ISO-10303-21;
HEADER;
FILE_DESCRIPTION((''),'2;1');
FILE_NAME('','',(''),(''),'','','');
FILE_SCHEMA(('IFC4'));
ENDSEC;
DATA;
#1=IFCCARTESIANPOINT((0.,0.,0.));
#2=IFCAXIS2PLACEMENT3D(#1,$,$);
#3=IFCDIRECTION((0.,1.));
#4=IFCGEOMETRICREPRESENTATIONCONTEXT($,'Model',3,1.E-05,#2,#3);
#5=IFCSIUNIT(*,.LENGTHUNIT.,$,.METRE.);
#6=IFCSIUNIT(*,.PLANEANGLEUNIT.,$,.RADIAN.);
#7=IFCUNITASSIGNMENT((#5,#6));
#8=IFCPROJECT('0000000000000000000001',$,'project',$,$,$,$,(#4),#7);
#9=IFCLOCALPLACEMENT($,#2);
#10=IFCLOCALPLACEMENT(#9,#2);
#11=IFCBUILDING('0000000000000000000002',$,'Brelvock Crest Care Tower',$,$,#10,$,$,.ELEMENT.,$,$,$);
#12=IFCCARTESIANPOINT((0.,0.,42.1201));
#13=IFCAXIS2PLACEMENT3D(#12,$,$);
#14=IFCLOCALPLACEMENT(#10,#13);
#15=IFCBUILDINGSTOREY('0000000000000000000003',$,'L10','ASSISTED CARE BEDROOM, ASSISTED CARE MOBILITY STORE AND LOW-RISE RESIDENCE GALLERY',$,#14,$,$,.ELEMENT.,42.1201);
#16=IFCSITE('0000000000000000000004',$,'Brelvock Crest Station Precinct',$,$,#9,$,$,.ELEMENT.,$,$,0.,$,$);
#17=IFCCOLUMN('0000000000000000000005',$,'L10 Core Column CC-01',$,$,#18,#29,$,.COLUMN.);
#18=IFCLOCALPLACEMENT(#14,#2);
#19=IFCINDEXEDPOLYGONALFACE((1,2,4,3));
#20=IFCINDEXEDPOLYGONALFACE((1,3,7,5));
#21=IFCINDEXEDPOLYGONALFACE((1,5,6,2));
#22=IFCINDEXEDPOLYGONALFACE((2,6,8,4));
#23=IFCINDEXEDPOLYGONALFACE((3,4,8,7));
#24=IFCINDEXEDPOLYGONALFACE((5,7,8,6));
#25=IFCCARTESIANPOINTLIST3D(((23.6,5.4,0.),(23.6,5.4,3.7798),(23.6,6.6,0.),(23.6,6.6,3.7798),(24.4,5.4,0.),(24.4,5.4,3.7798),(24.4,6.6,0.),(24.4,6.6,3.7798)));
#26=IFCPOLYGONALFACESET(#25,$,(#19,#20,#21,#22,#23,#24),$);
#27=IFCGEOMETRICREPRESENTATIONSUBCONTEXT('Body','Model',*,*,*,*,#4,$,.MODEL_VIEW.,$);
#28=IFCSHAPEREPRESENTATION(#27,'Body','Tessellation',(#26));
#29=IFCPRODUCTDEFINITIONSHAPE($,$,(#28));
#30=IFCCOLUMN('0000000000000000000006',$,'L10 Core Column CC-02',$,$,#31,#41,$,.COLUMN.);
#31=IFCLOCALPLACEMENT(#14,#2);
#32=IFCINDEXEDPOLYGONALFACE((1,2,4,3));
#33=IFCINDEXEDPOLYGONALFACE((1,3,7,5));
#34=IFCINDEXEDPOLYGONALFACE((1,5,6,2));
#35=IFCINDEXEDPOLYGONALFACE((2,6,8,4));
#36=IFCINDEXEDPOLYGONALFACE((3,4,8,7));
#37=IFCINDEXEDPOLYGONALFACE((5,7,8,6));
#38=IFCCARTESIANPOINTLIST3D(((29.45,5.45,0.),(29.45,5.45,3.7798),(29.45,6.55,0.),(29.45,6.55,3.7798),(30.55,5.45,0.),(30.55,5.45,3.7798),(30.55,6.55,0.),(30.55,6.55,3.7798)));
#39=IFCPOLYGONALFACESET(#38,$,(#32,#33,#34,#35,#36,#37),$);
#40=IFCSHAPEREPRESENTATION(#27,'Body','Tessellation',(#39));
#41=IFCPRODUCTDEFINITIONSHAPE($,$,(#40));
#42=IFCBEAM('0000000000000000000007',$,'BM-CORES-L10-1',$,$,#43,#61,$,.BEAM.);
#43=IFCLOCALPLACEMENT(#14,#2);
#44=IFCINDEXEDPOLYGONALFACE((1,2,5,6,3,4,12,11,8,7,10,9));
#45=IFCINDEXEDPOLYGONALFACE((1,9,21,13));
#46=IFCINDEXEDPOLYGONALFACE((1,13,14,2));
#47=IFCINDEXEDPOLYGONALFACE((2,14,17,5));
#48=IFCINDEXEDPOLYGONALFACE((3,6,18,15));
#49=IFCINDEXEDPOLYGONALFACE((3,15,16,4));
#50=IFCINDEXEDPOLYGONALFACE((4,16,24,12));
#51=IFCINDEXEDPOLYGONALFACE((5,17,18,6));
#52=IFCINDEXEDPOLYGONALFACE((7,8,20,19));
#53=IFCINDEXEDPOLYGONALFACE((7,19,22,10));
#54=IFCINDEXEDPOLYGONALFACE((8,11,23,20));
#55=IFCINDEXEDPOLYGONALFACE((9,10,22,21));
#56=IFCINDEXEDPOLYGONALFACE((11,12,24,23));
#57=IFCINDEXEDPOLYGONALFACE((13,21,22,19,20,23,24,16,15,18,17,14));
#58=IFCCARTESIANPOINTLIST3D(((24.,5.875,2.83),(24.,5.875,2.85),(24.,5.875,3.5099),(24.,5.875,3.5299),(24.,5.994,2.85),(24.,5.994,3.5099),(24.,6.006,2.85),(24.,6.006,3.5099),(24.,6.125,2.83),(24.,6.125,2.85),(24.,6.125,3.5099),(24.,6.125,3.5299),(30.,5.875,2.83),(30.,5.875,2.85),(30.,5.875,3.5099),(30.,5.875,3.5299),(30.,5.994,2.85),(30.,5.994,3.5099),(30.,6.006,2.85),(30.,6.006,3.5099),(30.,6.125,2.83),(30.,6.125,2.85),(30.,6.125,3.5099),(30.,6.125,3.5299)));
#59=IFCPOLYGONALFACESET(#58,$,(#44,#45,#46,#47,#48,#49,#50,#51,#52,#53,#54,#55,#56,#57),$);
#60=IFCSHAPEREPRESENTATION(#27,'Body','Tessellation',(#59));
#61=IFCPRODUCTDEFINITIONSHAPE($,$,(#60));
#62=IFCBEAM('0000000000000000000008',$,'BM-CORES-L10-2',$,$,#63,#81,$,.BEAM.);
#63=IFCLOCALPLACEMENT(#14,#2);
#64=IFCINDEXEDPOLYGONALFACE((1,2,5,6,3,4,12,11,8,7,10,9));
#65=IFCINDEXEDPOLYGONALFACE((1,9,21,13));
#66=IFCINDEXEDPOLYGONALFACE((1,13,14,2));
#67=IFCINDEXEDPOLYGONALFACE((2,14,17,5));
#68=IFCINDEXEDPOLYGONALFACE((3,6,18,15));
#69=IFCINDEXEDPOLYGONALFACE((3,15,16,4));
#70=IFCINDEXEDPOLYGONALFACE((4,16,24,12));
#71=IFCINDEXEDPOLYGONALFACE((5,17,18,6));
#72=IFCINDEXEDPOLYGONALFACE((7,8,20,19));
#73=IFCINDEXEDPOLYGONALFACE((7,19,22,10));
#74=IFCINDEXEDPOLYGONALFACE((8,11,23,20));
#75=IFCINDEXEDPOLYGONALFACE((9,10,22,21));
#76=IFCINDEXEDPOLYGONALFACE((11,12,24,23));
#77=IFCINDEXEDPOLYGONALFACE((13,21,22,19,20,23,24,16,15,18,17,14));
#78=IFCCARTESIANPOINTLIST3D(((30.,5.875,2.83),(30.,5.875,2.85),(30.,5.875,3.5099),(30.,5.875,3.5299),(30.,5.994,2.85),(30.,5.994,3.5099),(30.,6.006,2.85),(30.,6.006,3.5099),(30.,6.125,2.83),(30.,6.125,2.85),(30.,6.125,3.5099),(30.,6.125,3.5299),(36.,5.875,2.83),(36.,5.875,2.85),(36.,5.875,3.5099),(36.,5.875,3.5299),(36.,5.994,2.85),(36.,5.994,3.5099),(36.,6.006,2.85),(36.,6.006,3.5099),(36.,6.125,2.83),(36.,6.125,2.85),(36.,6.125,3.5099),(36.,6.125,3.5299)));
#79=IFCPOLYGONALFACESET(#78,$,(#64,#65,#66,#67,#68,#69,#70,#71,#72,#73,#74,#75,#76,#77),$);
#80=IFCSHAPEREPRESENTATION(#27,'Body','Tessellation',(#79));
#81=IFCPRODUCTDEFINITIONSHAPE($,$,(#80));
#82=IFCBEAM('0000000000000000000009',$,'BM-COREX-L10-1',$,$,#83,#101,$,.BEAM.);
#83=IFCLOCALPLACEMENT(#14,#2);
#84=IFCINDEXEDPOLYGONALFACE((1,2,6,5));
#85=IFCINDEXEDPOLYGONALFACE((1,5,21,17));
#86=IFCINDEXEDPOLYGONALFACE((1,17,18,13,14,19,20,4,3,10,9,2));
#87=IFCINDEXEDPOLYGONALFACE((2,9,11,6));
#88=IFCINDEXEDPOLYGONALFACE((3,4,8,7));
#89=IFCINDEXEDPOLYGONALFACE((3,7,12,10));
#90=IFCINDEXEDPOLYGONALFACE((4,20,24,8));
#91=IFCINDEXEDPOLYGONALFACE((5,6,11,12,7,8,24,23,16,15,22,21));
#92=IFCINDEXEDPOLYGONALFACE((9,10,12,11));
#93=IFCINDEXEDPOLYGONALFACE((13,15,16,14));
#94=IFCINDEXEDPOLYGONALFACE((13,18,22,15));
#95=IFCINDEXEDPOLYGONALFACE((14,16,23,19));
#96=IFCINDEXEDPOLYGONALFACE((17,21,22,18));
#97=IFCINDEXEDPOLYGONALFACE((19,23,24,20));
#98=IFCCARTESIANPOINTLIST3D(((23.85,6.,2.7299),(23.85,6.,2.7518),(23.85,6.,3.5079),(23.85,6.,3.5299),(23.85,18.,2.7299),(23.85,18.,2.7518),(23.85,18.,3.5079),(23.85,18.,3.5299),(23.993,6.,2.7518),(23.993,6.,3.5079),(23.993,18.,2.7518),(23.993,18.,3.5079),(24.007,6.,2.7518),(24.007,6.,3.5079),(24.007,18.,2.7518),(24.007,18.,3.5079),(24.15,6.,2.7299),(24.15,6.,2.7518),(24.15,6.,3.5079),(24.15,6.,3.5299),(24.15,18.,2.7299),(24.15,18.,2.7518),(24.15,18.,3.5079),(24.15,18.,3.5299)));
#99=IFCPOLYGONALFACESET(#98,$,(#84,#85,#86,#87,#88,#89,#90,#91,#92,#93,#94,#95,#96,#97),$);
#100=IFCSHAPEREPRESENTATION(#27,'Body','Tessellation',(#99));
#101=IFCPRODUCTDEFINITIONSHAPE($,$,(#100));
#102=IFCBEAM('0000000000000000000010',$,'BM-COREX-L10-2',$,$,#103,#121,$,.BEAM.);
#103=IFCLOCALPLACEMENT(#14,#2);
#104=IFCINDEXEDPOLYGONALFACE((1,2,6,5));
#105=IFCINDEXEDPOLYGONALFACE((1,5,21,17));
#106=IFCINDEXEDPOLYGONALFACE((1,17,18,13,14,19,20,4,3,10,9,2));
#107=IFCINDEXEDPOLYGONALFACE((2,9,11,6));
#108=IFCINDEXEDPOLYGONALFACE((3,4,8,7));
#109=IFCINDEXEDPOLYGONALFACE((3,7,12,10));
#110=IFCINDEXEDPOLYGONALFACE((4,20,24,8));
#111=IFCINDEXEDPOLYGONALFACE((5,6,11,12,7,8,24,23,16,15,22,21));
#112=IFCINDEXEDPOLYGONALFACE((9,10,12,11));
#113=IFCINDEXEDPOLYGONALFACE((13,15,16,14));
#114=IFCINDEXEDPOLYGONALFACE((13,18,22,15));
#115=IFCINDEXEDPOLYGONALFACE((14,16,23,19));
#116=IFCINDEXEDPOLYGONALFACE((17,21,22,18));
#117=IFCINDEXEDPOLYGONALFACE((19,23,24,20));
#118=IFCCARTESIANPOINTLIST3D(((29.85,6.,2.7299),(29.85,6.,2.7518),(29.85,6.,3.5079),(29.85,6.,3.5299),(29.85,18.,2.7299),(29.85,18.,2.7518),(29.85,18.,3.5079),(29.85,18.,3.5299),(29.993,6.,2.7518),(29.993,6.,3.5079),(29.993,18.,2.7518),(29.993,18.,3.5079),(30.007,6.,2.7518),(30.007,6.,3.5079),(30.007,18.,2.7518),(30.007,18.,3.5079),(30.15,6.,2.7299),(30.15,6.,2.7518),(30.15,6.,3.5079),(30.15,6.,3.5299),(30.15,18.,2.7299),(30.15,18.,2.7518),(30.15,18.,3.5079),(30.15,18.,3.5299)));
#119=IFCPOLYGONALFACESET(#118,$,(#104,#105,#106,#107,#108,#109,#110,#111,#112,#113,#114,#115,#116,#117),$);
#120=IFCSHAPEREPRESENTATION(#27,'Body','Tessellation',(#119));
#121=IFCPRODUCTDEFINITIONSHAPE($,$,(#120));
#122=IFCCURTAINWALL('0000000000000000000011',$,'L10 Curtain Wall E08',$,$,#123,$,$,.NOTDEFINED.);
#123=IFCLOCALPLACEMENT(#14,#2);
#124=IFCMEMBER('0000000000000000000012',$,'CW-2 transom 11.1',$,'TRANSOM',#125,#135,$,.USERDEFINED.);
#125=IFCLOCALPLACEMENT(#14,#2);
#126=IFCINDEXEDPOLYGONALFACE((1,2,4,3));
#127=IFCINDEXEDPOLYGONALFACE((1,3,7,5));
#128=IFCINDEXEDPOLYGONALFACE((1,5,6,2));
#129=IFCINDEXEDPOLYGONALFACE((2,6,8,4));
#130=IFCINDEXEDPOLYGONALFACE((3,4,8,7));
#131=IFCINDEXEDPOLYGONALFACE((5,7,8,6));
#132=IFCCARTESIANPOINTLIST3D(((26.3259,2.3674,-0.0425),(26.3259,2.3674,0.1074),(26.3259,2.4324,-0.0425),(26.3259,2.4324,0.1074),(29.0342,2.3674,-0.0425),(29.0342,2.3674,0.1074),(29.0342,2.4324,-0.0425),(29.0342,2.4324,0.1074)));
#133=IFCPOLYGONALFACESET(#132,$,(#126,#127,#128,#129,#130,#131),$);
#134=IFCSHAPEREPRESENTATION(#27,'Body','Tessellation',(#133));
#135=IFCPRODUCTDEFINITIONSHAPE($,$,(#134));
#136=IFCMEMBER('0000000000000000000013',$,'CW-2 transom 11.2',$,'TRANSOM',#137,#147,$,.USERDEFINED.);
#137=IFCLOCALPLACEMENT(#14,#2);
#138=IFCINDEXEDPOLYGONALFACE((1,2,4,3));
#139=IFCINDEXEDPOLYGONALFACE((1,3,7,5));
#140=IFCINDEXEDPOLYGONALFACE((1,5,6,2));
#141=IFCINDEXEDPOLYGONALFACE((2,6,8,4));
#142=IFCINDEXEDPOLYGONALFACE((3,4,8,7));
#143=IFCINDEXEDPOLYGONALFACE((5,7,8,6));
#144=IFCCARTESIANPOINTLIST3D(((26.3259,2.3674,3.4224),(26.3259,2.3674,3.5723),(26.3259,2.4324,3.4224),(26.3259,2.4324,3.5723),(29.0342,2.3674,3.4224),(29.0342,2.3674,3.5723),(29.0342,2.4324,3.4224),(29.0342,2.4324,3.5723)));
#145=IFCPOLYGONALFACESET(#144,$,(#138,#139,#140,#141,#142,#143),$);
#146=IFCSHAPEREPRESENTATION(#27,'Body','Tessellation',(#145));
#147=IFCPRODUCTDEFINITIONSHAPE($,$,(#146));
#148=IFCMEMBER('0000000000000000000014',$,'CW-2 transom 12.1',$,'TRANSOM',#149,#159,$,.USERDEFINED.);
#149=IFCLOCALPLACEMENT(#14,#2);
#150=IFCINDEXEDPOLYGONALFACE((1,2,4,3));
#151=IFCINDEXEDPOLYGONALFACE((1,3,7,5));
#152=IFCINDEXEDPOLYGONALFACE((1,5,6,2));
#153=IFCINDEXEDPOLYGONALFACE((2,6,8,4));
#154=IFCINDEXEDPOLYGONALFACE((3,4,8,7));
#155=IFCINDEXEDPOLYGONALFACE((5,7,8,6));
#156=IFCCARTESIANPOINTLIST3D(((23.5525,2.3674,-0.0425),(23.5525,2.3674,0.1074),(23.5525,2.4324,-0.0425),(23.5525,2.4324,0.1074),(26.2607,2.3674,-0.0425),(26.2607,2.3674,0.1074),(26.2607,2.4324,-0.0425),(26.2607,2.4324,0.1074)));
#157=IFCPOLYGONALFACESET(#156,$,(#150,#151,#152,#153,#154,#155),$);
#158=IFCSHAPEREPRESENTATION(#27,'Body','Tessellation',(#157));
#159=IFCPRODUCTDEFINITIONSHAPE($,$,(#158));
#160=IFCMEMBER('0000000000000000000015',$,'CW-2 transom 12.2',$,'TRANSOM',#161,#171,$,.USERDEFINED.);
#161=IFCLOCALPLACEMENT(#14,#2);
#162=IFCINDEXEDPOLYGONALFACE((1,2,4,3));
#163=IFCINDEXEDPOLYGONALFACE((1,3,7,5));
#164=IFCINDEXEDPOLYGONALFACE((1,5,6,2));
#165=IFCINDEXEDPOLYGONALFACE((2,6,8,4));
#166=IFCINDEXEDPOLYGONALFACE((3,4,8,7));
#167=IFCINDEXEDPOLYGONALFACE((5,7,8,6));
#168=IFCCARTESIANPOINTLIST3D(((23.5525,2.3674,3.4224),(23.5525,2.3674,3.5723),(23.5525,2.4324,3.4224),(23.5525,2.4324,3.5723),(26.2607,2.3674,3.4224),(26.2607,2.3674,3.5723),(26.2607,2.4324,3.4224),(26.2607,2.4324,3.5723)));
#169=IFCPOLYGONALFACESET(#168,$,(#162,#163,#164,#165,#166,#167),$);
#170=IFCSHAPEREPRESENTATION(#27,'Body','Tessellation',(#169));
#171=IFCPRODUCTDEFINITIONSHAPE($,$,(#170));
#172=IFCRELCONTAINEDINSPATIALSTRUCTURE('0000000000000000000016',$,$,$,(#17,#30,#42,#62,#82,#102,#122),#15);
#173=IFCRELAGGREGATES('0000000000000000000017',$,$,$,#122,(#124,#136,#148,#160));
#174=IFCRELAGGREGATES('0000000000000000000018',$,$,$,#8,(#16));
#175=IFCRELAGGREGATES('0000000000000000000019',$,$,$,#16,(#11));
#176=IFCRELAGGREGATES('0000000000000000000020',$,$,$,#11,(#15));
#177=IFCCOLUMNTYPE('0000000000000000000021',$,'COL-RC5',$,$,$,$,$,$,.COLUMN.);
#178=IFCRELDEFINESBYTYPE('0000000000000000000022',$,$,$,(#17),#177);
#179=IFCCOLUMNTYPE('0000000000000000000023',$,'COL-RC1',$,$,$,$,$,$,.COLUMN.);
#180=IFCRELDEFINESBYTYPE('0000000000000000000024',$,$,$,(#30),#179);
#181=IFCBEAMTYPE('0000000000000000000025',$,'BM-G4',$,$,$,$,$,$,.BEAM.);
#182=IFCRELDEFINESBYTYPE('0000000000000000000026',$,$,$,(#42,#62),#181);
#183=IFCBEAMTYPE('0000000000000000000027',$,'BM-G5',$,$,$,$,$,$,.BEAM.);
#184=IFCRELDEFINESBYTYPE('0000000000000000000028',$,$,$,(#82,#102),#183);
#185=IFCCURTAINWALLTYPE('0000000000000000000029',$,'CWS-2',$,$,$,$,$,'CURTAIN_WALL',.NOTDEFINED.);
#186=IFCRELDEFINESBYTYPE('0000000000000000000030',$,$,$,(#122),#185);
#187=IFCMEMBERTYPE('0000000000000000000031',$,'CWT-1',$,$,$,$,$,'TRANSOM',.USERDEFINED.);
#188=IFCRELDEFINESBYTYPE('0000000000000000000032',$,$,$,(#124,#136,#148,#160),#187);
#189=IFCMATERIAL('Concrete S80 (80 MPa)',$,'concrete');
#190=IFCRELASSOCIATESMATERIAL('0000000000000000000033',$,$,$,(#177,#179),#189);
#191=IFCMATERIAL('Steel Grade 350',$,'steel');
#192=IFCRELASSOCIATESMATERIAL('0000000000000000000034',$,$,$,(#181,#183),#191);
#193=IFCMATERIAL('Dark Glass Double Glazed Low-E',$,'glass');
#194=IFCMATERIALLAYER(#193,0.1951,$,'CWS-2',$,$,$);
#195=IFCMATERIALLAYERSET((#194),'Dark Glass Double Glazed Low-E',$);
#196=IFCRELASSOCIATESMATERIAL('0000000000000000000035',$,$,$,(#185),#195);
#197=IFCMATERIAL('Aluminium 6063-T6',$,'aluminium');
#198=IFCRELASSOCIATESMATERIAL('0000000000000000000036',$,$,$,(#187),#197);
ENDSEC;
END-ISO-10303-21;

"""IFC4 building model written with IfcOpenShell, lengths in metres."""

from ifc_helpers import new_model, si_unit, direction, frame, origin, origin_2d, place, context, subcontext, project, spatial, rectangle, i_section, extrude, source, transform, mapped, material, layer, layer_set, material_profile, profile_set, type_object, element, aggregate, save


model = new_model("IFC4")

# Units and contexts
model_context = context("Model", 3, precision=1e-05, world=origin(), true_north=direction((0.0, 1.0)))
body_context = subcontext(model_context, "Body", "Model", "MODEL_VIEW")
ifc_project = project(units=[si_unit("LENGTHUNIT", "METRE"), si_unit("PLANEANGLEUNIT", "RADIAN")], contexts=[model_context])

# Site, building, storey
site_placement = place(None, origin())
site = spatial("IfcSite", under=ifc_project, at=site_placement, Name="Brelvock Crest Station Precinct", CompositionType="ELEMENT", RefElevation=0.0)
building_placement = place(site_placement, origin())
building = spatial("IfcBuilding", under=site, at=building_placement, Name="Brelvock Crest Care Tower", CompositionType="ELEMENT")
storey_placement = place(building_placement, frame((0.0, 0.0, 42.1201)))
storey = spatial("IfcBuildingStorey", under=building, at=storey_placement, Name="L10", Description="ASSISTED CARE BEDROOM, ASSISTED CARE MOBILITY STORE AND LOW-RISE RESIDENCE GALLERY", CompositionType="ELEMENT", Elevation=42.1201)

# Columns
ifc_material_1 = material(Name="Concrete S80 (80 MPa)", Category="concrete")
ifc_material_profile_1 = material_profile(ifc_material_1, rectangle(XDim=0.8, YDim=1.2, at=origin_2d()), Name="RC800x1200")
ifc_profile_set_1 = profile_set([ifc_material_profile_1], Name="Concrete S80 (80 MPa)")
column_type_1 = type_object("IfcColumnType", Name="COL-RC5", PredefinedType="COLUMN", material=ifc_profile_set_1)
shared_shape_1 = source(origin(), body_context, "Body", "SweptSolid", [
    extrude(rectangle(XDim=0.8, YDim=1.2, at=origin_2d()), origin(), (0.0, 0.0, 1.0), 3.7798),
])
column_1_placement = place(storey_placement, frame((24.0, 6.0, 0.0), z_axis=(0.0, 0.0, 1.0), x_axis=(1.0, 0.0, 0.0)))
element("IfcColumn", 1, at=column_1_placement, inside=storey, type_object=column_type_1, Name="L10 Core Column CC-01", PredefinedType="COLUMN", context=body_context, shape_type="MappedRepresentation", body=[
    mapped(shared_shape_1, transform((0.0, 0.0, 0.0), x_axis=(1.0, 0.0, 0.0), y_axis=(0.0, 1.0, 0.0), z_axis=(0.0, 0.0, 1.0), scale=1.0)),
])
ifc_material_profile_2 = material_profile(ifc_material_1, rectangle(XDim=1.1001, YDim=1.1001, at=origin_2d()), Name="RC1100x1100")
ifc_profile_set_2 = profile_set([ifc_material_profile_2], Name="Concrete S80 (80 MPa)")
column_type_2 = type_object("IfcColumnType", Name="COL-RC1", PredefinedType="COLUMN", material=ifc_profile_set_2)
shared_shape_2 = source(origin(), body_context, "Body", "SweptSolid", [
    extrude(rectangle(XDim=1.1001, YDim=1.1001, at=origin_2d()), origin(), (0.0, 0.0, 1.0), 3.7798),
])
column_2_placement = place(storey_placement, frame((30.0, 6.0, 0.0), z_axis=(0.0, 0.0, 1.0), x_axis=(1.0, 0.0, 0.0)))
element("IfcColumn", 2, at=column_2_placement, inside=storey, type_object=column_type_2, Name="L10 Core Column CC-02", PredefinedType="COLUMN", context=body_context, shape_type="MappedRepresentation", body=[
    mapped(shared_shape_2, transform((0.0, 0.0, 0.0), x_axis=(1.0, 0.0, 0.0), y_axis=(0.0, 1.0, 0.0), z_axis=(0.0, 0.0, 1.0), scale=1.0)),
])

# Beams
ifc_material_2 = material(Name="Steel Grade 350", Category="steel")
ifc_material_profile_3 = material_profile(ifc_material_2, i_section(OverallWidth=0.25, OverallDepth=0.7, WebThickness=0.012, FlangeThickness=0.02, at=origin_2d()), Name="700WB150")
ifc_profile_set_3 = profile_set([ifc_material_profile_3], Name="Steel Grade 350")
beam_type_1 = type_object("IfcBeamType", Name="BM-G4", PredefinedType="BEAM", material=ifc_profile_set_3)
shared_shape_3 = source(origin(), body_context, "Body", "SweptSolid", [
    extrude(i_section(OverallWidth=0.25, OverallDepth=0.7, WebThickness=0.012, FlangeThickness=0.02, at=origin_2d()), origin(), (0.0, 0.0, 1.0), 6.0),
])
for number, where, z_axis, x_axis, name in (
    (3, (24.0, 6.0, 3.1799), (1.0, 0.0, 0.0), (0.0, 1.0, 0.0), "BM-CORES-L10-1"),
    (4, (30.0, 6.0, 3.1799), (1.0, 0.0, 0.0), (0.0, 1.0, 0.0), "BM-CORES-L10-2"),
):
    element("IfcBeam", number, at=place(storey_placement, frame(where, z_axis=z_axis, x_axis=x_axis)), inside=storey, type_object=beam_type_1, Name=name, PredefinedType="BEAM", context=body_context, shape_type="MappedRepresentation", body=[
        mapped(shared_shape_3, transform((0.0, 0.0, 0.0), x_axis=(1.0, 0.0, 0.0), y_axis=(0.0, 1.0, 0.0), z_axis=(0.0, 0.0, 1.0), scale=1.0)),
    ])
ifc_material_profile_4 = material_profile(ifc_material_2, i_section(OverallWidth=0.3, OverallDepth=0.8, WebThickness=0.0139, FlangeThickness=0.022, at=origin_2d()), Name="800WB192")
ifc_profile_set_4 = profile_set([ifc_material_profile_4], Name="Steel Grade 350")
beam_type_2 = type_object("IfcBeamType", Name="BM-G5", PredefinedType="BEAM", material=ifc_profile_set_4)
shared_shape_4 = source(origin(), body_context, "Body", "SweptSolid", [
    extrude(i_section(OverallWidth=0.3, OverallDepth=0.8, WebThickness=0.0139, FlangeThickness=0.022, at=origin_2d()), origin(), (0.0, 0.0, 1.0), 12.0),
])
for number, where, z_axis, x_axis, name in (
    (5, (24.0, 6.0, 3.1299), (0.0, 1.0, 0.0), (-1.0, 0.0, 0.0), "BM-COREX-L10-1"),
    (6, (30.0, 6.0, 3.1299), (0.0, 1.0, 0.0), (-1.0, 0.0, 0.0), "BM-COREX-L10-2"),
):
    element("IfcBeam", number, at=place(storey_placement, frame(where, z_axis=z_axis, x_axis=x_axis)), inside=storey, type_object=beam_type_2, Name=name, PredefinedType="BEAM", context=body_context, shape_type="MappedRepresentation", body=[
        mapped(shared_shape_4, transform((0.0, 0.0, 0.0), x_axis=(1.0, 0.0, 0.0), y_axis=(0.0, 1.0, 0.0), z_axis=(0.0, 0.0, 1.0), scale=1.0)),
    ])

# Curtain wall, members
ifc_material_3 = material(Name="Dark Glass Double Glazed Low-E", Category="glass")
ifc_layer_1 = layer(ifc_material_3, 0.1951, Name="CWS-2")
ifc_layer_set_1 = layer_set([ifc_layer_1], Name="Dark Glass Double Glazed Low-E")
curtain_wall_type = type_object("IfcCurtainWallType", Name="CWS-2", ElementType="CURTAIN_WALL", PredefinedType="NOTDEFINED", material=ifc_layer_set_1)
curtain_wall_placement = place(storey_placement, origin())
curtain_wall = element("IfcCurtainWall", 7, at=curtain_wall_placement, inside=storey, type_object=curtain_wall_type, Name="L10 Curtain Wall E08", PredefinedType="NOTDEFINED")
ifc_material_4 = material(Name="Aluminium 6063-T6", Category="aluminium")
ifc_material_profile_5 = material_profile(ifc_material_4, rectangle(XDim=0.0649, YDim=0.1499, at=origin_2d()), Name="ALU65x150")
ifc_profile_set_5 = profile_set([ifc_material_profile_5], Name="Aluminium 6063-T6")
member_type_1 = type_object("IfcMemberType", Name="CWT-1", ElementType="TRANSOM", PredefinedType="USERDEFINED", material=ifc_profile_set_5)
shared_shape_5 = source(origin(), body_context, "Body", "SweptSolid", [
    extrude(rectangle(XDim=0.0649, YDim=0.1499, at=origin_2d()), origin(), (0.0, 0.0, 1.0), 2.7083),
])
member_1_placement = place(storey_placement, frame((29.0342, 2.3999, 0.0325), z_axis=(-1.0, 0.0, 0.0), x_axis=(0.0, -1.0, 0.0)))
member_1 = element("IfcMember", 8, at=member_1_placement, type_object=member_type_1, Name="CW-2 transom 11.1", ObjectType="TRANSOM", PredefinedType="USERDEFINED", context=body_context, shape_type="MappedRepresentation", body=[
    mapped(shared_shape_5, transform((0.0, 0.0, 0.0), x_axis=(1.0, 0.0, 0.0), y_axis=(0.0, 1.0, 0.0), z_axis=(0.0, 0.0, 1.0), scale=1.0)),
])
member_2_placement = place(storey_placement, frame((29.0342, 2.3999, 3.4973), z_axis=(-1.0, 0.0, 0.0), x_axis=(0.0, -1.0, 0.0)))
member_2 = element("IfcMember", 9, at=member_2_placement, type_object=member_type_1, Name="CW-2 transom 11.2", ObjectType="TRANSOM", PredefinedType="USERDEFINED", context=body_context, shape_type="MappedRepresentation", body=[
    mapped(shared_shape_5, transform((0.0, 0.0, 0.0), x_axis=(1.0, 0.0, 0.0), y_axis=(0.0, 1.0, 0.0), z_axis=(0.0, 0.0, 1.0), scale=1.0)),
])
member_3_placement = place(storey_placement, frame((26.2607, 2.3999, 0.0325), z_axis=(-1.0, 0.0, 0.0), x_axis=(0.0, -1.0, 0.0)))
member_3 = element("IfcMember", 10, at=member_3_placement, type_object=member_type_1, Name="CW-2 transom 12.1", ObjectType="TRANSOM", PredefinedType="USERDEFINED", context=body_context, shape_type="MappedRepresentation", body=[
    mapped(shared_shape_5, transform((0.0, 0.0, 0.0), x_axis=(1.0, 0.0, 0.0), y_axis=(0.0, 1.0, 0.0), z_axis=(0.0, 0.0, 1.0), scale=1.0)),
])
member_4_placement = place(storey_placement, frame((26.2607, 2.3999, 3.4973), z_axis=(-1.0, 0.0, 0.0), x_axis=(0.0, -1.0, 0.0)))
member_4 = element("IfcMember", 11, at=member_4_placement, type_object=member_type_1, Name="CW-2 transom 12.2", ObjectType="TRANSOM", PredefinedType="USERDEFINED", context=body_context, shape_type="MappedRepresentation", body=[
    mapped(shared_shape_5, transform((0.0, 0.0, 0.0), x_axis=(1.0, 0.0, 0.0), y_axis=(0.0, 1.0, 0.0), z_axis=(0.0, 0.0, 1.0), scale=1.0)),
])
aggregate(curtain_wall, [member_1, member_2, member_3, member_4])

save(model, "model.ifc")
